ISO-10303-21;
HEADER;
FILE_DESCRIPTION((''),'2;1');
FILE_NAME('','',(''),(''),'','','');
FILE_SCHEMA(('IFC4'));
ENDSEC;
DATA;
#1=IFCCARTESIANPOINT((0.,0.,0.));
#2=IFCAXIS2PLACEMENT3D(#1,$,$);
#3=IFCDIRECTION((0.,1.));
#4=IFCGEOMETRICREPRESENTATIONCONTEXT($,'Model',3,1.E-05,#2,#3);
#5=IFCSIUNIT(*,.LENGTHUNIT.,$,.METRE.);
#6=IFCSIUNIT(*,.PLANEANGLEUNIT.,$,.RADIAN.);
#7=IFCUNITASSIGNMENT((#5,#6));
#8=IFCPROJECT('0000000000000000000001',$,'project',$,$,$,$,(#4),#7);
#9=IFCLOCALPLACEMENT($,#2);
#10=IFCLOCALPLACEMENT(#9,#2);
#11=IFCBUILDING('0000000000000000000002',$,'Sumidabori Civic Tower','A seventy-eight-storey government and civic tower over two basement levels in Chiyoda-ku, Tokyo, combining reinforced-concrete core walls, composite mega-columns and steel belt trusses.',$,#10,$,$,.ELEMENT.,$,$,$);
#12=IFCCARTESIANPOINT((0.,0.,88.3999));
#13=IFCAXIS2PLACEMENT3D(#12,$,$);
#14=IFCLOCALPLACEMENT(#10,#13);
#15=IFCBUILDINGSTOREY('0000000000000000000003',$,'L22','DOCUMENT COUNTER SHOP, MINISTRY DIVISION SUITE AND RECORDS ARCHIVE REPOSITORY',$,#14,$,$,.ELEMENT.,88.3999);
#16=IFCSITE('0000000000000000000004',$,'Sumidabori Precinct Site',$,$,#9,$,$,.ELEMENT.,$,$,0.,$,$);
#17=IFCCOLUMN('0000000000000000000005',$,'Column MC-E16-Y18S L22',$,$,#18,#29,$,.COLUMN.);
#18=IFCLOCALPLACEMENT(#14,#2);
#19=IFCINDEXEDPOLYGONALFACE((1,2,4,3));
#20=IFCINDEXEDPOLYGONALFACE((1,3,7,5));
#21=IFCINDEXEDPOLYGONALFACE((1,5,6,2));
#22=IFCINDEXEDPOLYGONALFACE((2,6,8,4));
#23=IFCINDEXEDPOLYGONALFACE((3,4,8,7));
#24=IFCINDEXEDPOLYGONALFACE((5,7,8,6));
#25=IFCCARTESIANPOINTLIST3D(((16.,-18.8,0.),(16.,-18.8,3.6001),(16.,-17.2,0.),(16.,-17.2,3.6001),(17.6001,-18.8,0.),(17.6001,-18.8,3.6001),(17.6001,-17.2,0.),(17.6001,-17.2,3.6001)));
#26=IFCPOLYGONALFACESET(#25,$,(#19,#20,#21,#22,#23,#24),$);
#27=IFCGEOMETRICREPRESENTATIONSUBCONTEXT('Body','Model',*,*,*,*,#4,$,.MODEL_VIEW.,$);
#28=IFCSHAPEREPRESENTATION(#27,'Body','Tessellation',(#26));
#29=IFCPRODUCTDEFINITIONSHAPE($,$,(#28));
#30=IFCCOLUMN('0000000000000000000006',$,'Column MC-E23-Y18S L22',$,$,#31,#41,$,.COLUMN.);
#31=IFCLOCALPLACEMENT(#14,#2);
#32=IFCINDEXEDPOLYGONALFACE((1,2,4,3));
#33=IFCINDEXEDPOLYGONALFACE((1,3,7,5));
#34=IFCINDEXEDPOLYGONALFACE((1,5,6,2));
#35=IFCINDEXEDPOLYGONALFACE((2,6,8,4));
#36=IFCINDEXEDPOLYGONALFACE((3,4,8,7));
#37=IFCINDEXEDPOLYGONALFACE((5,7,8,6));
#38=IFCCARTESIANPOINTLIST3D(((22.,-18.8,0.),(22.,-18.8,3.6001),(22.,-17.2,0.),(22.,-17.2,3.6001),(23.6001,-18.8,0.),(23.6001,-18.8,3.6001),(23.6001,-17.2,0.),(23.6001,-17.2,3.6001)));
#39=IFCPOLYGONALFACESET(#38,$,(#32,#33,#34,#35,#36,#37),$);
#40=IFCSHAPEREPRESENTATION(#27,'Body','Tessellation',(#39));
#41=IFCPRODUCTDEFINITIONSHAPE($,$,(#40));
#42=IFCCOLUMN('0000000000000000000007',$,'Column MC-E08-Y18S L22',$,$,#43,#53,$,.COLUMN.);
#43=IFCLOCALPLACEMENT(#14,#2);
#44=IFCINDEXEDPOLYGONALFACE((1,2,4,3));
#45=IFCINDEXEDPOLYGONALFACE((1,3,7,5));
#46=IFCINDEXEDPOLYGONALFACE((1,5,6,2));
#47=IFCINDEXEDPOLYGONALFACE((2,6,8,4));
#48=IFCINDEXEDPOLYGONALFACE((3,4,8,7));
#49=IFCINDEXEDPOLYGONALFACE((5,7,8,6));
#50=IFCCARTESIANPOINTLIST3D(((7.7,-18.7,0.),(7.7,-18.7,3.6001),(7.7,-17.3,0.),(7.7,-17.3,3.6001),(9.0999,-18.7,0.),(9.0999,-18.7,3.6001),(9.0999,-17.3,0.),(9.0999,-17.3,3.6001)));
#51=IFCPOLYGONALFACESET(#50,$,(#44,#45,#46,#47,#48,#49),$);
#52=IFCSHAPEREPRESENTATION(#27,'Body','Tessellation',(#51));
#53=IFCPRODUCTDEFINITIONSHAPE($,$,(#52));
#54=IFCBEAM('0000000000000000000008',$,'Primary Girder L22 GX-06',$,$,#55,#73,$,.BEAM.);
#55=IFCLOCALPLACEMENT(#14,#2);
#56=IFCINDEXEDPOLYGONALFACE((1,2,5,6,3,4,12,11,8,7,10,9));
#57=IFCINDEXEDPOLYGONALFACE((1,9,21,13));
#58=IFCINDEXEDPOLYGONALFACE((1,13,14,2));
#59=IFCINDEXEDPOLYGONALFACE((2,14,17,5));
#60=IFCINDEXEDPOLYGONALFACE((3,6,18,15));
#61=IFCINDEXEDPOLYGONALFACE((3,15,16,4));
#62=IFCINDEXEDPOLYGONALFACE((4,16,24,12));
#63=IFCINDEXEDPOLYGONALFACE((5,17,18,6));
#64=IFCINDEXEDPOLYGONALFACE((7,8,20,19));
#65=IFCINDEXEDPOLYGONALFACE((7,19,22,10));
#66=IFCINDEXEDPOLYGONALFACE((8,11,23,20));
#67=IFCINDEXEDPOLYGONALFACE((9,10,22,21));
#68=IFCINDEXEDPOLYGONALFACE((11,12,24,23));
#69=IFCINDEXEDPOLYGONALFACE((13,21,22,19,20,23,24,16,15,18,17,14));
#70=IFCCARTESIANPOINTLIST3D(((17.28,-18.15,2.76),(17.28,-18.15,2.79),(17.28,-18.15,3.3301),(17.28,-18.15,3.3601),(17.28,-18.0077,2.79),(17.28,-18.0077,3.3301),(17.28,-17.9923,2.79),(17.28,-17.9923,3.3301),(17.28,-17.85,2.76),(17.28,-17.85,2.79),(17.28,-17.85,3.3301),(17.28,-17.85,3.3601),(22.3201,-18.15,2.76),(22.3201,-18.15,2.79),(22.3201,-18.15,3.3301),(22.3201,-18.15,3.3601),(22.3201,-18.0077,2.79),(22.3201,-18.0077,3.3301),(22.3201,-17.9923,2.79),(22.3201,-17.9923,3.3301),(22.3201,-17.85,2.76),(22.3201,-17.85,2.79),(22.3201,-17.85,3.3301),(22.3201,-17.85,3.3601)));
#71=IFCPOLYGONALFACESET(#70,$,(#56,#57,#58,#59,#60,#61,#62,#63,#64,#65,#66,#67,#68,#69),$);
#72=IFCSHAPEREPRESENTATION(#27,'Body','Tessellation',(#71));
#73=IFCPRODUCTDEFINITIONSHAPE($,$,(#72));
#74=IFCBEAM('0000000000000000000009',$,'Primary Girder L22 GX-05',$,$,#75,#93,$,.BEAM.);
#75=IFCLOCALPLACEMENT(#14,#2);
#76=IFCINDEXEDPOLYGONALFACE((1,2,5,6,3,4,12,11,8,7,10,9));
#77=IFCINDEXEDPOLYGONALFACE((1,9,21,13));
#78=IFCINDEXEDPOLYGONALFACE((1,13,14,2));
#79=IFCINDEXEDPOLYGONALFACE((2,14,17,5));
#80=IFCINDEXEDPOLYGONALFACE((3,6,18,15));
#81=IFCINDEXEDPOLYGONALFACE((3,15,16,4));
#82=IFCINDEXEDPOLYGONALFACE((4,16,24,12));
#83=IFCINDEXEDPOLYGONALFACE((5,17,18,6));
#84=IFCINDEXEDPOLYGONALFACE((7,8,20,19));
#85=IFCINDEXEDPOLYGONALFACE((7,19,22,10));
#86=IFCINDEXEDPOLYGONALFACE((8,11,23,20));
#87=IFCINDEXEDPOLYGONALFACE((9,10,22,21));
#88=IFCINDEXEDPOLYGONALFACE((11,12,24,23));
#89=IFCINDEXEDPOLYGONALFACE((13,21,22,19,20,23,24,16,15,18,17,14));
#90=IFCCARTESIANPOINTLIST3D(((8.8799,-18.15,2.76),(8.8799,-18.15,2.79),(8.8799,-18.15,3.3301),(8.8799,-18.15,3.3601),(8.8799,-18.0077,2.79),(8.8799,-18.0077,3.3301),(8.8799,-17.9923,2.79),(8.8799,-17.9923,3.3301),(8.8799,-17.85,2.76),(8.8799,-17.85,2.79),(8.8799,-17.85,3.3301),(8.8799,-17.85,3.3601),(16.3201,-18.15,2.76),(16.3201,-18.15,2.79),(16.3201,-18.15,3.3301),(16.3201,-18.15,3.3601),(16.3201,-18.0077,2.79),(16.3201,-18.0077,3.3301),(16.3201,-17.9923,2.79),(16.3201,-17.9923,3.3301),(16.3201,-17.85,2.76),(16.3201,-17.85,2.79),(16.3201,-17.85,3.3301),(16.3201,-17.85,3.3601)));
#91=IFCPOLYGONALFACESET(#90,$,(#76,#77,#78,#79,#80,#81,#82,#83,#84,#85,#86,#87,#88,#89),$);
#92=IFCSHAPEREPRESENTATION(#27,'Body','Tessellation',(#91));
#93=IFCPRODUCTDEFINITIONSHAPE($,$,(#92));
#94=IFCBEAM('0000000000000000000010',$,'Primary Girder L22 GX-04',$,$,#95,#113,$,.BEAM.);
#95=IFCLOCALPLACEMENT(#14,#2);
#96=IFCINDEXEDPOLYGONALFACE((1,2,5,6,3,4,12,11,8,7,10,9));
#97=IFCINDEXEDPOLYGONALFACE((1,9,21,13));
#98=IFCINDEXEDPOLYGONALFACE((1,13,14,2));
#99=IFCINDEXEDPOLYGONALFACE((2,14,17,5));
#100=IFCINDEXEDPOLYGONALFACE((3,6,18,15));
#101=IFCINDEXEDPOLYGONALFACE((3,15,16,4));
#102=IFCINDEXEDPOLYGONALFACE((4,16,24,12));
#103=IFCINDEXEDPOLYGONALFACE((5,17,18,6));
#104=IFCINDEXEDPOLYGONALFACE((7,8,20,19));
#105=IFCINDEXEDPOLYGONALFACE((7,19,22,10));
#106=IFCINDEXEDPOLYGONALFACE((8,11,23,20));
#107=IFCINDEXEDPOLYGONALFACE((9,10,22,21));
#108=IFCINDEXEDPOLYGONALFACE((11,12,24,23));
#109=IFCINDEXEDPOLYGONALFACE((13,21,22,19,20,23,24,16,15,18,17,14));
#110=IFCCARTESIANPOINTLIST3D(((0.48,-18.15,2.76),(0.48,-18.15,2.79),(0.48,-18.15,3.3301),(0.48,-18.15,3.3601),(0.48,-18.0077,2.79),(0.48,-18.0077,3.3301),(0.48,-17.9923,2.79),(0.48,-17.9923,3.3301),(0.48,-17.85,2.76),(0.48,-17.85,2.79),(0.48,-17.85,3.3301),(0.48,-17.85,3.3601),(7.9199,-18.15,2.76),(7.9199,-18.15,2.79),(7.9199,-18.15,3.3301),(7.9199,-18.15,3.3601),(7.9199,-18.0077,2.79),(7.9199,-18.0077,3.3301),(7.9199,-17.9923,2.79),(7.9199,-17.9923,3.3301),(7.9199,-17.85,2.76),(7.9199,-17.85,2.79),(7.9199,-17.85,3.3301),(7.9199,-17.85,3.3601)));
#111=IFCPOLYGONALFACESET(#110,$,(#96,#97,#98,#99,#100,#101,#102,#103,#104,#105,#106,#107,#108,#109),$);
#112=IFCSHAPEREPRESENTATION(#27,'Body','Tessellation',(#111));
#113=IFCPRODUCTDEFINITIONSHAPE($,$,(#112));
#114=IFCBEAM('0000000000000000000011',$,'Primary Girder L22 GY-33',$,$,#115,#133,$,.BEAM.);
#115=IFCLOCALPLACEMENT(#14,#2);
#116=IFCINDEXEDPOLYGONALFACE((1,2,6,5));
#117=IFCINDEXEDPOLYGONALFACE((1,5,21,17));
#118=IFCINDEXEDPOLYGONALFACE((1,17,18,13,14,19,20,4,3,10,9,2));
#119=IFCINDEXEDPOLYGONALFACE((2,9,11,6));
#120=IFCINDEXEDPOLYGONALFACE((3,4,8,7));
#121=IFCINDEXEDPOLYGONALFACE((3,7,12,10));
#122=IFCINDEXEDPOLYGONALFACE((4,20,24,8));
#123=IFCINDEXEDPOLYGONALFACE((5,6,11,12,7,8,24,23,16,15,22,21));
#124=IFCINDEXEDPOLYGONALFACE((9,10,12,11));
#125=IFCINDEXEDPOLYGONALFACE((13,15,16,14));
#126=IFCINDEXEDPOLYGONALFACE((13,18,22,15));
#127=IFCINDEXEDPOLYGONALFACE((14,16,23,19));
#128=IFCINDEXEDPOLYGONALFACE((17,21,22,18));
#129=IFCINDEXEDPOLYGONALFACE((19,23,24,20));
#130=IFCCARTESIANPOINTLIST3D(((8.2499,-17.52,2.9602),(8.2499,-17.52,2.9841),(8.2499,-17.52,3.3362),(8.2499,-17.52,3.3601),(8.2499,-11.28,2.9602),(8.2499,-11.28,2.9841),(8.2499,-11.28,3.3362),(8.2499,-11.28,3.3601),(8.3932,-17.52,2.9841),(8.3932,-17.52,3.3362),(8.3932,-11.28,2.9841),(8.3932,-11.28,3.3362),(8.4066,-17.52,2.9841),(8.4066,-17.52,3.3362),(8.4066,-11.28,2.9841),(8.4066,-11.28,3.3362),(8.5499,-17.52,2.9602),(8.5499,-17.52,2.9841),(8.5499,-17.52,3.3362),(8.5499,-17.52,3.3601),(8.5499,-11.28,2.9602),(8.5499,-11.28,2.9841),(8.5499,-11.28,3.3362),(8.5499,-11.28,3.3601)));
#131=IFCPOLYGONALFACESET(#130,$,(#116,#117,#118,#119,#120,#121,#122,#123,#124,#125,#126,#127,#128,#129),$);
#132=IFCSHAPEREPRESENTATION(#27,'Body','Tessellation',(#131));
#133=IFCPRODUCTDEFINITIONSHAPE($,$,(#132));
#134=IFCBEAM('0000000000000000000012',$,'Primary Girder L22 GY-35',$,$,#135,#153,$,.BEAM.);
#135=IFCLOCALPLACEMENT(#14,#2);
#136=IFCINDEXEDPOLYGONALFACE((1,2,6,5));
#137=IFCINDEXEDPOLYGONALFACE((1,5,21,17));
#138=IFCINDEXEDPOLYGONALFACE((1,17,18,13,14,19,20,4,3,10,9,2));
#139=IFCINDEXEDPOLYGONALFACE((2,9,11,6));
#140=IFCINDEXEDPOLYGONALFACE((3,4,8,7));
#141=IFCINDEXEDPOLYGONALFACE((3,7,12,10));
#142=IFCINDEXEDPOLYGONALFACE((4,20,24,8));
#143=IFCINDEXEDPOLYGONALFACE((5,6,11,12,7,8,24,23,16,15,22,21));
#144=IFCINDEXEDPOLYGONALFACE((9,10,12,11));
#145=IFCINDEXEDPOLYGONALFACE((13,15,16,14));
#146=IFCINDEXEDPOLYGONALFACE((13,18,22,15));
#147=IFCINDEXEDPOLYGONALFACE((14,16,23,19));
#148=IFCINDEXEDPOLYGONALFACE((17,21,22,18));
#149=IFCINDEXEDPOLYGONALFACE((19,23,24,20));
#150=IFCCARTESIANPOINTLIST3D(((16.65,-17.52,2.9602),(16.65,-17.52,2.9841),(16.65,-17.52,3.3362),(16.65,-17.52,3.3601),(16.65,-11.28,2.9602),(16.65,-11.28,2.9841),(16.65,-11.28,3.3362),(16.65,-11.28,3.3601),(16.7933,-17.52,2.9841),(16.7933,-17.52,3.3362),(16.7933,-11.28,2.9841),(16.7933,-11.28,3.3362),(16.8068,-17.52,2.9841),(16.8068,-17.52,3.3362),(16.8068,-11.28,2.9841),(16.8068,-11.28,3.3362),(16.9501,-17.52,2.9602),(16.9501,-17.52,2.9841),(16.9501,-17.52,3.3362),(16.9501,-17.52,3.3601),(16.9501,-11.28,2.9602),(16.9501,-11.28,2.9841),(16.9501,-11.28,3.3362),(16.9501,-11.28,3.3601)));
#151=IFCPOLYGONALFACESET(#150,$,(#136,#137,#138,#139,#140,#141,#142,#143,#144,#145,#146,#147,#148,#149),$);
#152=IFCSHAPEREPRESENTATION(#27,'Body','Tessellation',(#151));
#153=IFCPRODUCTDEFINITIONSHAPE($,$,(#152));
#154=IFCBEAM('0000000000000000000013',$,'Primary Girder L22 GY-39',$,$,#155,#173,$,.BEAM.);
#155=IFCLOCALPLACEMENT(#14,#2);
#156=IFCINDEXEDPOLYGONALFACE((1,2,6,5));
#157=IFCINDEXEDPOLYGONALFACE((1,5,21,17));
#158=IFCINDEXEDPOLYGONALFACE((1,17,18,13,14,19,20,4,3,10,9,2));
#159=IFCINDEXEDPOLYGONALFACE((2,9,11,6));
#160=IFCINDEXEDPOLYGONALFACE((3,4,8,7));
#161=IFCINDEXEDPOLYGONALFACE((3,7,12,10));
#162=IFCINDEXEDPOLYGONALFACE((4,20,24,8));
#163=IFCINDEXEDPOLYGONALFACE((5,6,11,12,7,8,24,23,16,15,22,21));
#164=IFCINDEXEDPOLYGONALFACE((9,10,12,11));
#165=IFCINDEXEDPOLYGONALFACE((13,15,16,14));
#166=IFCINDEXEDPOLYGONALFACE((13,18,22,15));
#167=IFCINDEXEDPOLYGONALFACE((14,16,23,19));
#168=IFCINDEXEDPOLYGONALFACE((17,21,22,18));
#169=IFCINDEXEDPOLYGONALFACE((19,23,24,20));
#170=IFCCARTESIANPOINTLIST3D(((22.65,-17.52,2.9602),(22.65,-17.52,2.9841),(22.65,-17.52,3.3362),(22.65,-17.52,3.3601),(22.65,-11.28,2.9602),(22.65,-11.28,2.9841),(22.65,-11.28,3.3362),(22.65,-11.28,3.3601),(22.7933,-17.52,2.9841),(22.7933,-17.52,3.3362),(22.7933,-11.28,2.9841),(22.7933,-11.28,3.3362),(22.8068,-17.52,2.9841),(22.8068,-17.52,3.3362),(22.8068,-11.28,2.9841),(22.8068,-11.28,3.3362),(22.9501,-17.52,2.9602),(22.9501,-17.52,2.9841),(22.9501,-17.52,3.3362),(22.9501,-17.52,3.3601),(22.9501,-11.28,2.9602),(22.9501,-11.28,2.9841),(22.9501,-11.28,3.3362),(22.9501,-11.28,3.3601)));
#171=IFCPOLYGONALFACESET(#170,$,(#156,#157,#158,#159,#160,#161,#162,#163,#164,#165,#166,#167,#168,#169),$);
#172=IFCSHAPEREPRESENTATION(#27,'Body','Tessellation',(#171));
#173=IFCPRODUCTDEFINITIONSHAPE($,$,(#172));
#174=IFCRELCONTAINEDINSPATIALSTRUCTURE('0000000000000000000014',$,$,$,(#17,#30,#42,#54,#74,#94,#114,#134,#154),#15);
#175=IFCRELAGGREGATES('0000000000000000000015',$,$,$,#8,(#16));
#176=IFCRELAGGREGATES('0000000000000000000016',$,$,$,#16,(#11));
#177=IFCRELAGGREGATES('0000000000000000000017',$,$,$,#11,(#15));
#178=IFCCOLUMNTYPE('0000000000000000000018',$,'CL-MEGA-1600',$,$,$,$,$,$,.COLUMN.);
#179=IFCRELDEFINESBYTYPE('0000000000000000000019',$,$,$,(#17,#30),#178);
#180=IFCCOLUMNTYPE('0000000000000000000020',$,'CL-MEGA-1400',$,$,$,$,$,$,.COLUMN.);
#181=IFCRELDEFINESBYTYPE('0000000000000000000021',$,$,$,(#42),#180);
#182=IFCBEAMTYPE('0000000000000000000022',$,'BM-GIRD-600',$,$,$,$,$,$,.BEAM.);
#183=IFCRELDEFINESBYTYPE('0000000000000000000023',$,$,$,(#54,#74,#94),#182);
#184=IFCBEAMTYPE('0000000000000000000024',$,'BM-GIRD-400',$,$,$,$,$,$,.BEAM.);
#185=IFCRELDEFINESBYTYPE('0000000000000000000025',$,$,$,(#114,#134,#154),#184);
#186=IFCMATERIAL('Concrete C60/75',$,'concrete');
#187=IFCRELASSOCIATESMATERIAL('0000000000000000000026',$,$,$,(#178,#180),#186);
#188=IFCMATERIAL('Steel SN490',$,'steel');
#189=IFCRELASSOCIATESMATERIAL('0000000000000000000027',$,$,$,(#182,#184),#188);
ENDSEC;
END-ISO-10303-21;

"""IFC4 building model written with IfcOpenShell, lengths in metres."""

from ifc_helpers import new_model, si_unit, direction, frame, origin, origin_2d, place, context, subcontext, project, spatial, rectangle, i_section, extrude, source, transform, mapped, material, material_profile, profile_set, type_object, element, save


model = new_model("IFC4")

# Units and contexts
model_context = context("Model", 3, precision=1e-05, world=origin(), true_north=direction((0.0, 1.0)))
body_context = subcontext(model_context, "Body", "Model", "MODEL_VIEW")
ifc_project = project(units=[si_unit("LENGTHUNIT", "METRE"), si_unit("PLANEANGLEUNIT", "RADIAN")], contexts=[model_context])

# Site, building, storey
site_placement = place(None, origin())
site = spatial("IfcSite", under=ifc_project, at=site_placement, Name="Sumidabori Precinct Site", CompositionType="ELEMENT", RefElevation=0.0)
building_placement = place(site_placement, origin())
building = spatial("IfcBuilding", under=site, at=building_placement, Name="Sumidabori Civic Tower", Description="A seventy-eight-storey government and civic tower over two basement levels in Chiyoda-ku, Tokyo, combining reinforced-concrete core walls, composite mega-columns and steel belt trusses.", CompositionType="ELEMENT")
storey_placement = place(building_placement, frame((0.0, 0.0, 88.3999)))
storey = spatial("IfcBuildingStorey", under=building, at=storey_placement, Name="L22", Description="DOCUMENT COUNTER SHOP, MINISTRY DIVISION SUITE AND RECORDS ARCHIVE REPOSITORY", CompositionType="ELEMENT", Elevation=88.3999)

# Columns
ifc_material_1 = material(Name="Concrete C60/75", Category="concrete")
ifc_material_profile_1 = material_profile(ifc_material_1, rectangle(XDim=1.6001, YDim=1.6001, at=origin_2d()), Name="RC 1600x1600")
ifc_profile_set_1 = profile_set([ifc_material_profile_1], Name="Concrete C60/75")
column_type_1 = type_object("IfcColumnType", Name="CL-MEGA-1600", PredefinedType="COLUMN", material=ifc_profile_set_1)
shared_shape_1 = source(origin(), body_context, "Body", "SweptSolid", [
    extrude(rectangle(XDim=1.6001, YDim=1.6001, at=origin_2d()), origin(), (0.0, 0.0, 1.0), 3.6001),
])
for number, where, z_axis, x_axis, name in (
    (1, (16.8, -18.0, 0.0), (0.0, 0.0, 1.0), (1.0, 0.0, 0.0), "Column MC-E16-Y18S L22"),
    (2, (22.8, -18.0, 0.0), (0.0, 0.0, 1.0), (1.0, 0.0, 0.0), "Column MC-E23-Y18S L22"),
):
    element("IfcColumn", number, at=place(storey_placement, frame(where, z_axis=z_axis, x_axis=x_axis)), inside=storey, type_object=column_type_1, Name=name, PredefinedType="COLUMN", context=body_context, shape_type="MappedRepresentation", body=[
        mapped(shared_shape_1, transform((0.0, 0.0, 0.0), x_axis=(1.0, 0.0, 0.0), y_axis=(0.0, 1.0, 0.0), z_axis=(0.0, 0.0, 1.0), scale=1.0)),
    ])
ifc_material_profile_2 = material_profile(ifc_material_1, rectangle(XDim=1.3999, YDim=1.3999, at=origin_2d()), Name="RC 1400x1400")
ifc_profile_set_2 = profile_set([ifc_material_profile_2], Name="Concrete C60/75")
column_type_2 = type_object("IfcColumnType", Name="CL-MEGA-1400", PredefinedType="COLUMN", material=ifc_profile_set_2)
shared_shape_2 = source(origin(), body_context, "Body", "SweptSolid", [
    extrude(rectangle(XDim=1.3999, YDim=1.3999, at=origin_2d()), origin(), (0.0, 0.0, 1.0), 3.6001),
])
column_placement = place(storey_placement, frame((8.3999, -18.0, 0.0), z_axis=(0.0, 0.0, 1.0), x_axis=(1.0, 0.0, 0.0)))
element("IfcColumn", 3, at=column_placement, inside=storey, type_object=column_type_2, Name="Column MC-E08-Y18S L22", PredefinedType="COLUMN", context=body_context, shape_type="MappedRepresentation", body=[
    mapped(shared_shape_2, transform((0.0, 0.0, 0.0), x_axis=(1.0, 0.0, 0.0), y_axis=(0.0, 1.0, 0.0), z_axis=(0.0, 0.0, 1.0), scale=1.0)),
])

# Beams
ifc_material_2 = material(Name="Steel SN490", Category="steel")
ifc_material_profile_3 = material_profile(ifc_material_2, i_section(OverallWidth=0.3, OverallDepth=0.6001, WebThickness=0.0154, FlangeThickness=0.03, at=origin_2d()), Name="HE 600 B")
ifc_profile_set_3 = profile_set([ifc_material_profile_3], Name="Steel SN490")
beam_type_1 = type_object("IfcBeamType", Name="BM-GIRD-600", PredefinedType="BEAM", material=ifc_profile_set_3)
shared_shape_3 = source(origin(), body_context, "Body", "SweptSolid", [
    extrude(i_section(OverallWidth=0.3, OverallDepth=0.6001, WebThickness=0.0154, FlangeThickness=0.03, at=origin_2d()), origin(), (0.0, 0.0, 1.0), 5.04),
])
beam_1_placement = place(storey_placement, frame((17.28, -18.0, 3.0601), z_axis=(1.0, 0.0, 0.0), x_axis=(0.0, 1.0, 0.0)))
element("IfcBeam", 4, at=beam_1_placement, inside=storey, type_object=beam_type_1, Name="Primary Girder L22 GX-06", PredefinedType="BEAM", context=body_context, shape_type="MappedRepresentation", body=[
    mapped(shared_shape_3, transform((0.0, 0.0, 0.0), x_axis=(1.0, 0.0, 0.0), y_axis=(0.0, 1.0, 0.0), z_axis=(0.0, 0.0, 1.0), scale=1.0)),
])
shared_shape_4 = source(origin(), body_context, "Body", "SweptSolid", [
    extrude(i_section(OverallWidth=0.3, OverallDepth=0.6001, WebThickness=0.0154, FlangeThickness=0.03, at=origin_2d()), origin(), (0.0, 0.0, 1.0), 7.4402),
])
beam_2_placement = place(storey_placement, frame((8.8799, -18.0, 3.0601), z_axis=(1.0, 0.0, 0.0), x_axis=(0.0, 1.0, 0.0)))
element("IfcBeam", 5, at=beam_2_placement, inside=storey, type_object=beam_type_1, Name="Primary Girder L22 GX-05", PredefinedType="BEAM", context=body_context, shape_type="MappedRepresentation", body=[
    mapped(shared_shape_4, transform((0.0, 0.0, 0.0), x_axis=(1.0, 0.0, 0.0), y_axis=(0.0, 1.0, 0.0), z_axis=(0.0, 0.0, 1.0), scale=1.0)),
])
shared_shape_5 = source(origin(), body_context, "Body", "SweptSolid", [
    extrude(i_section(OverallWidth=0.3, OverallDepth=0.6001, WebThickness=0.0154, FlangeThickness=0.03, at=origin_2d()), origin(), (0.0, 0.0, 1.0), 7.4399),
])
beam_3_placement = place(storey_placement, frame((0.48, -18.0, 3.0601), z_axis=(1.0, 0.0, 0.0), x_axis=(0.0, 1.0, 0.0)))
element("IfcBeam", 6, at=beam_3_placement, inside=storey, type_object=beam_type_1, Name="Primary Girder L22 GX-04", PredefinedType="BEAM", context=body_context, shape_type="MappedRepresentation", body=[
    mapped(shared_shape_5, transform((0.0, 0.0, 0.0), x_axis=(1.0, 0.0, 0.0), y_axis=(0.0, 1.0, 0.0), z_axis=(0.0, 0.0, 1.0), scale=1.0)),
])
ifc_material_profile_4 = material_profile(ifc_material_2, i_section(OverallWidth=0.3, OverallDepth=0.3999, WebThickness=0.0134, FlangeThickness=0.0239, at=origin_2d()), Name="HE 400 B")
ifc_profile_set_4 = profile_set([ifc_material_profile_4], Name="Steel SN490")
beam_type_2 = type_object("IfcBeamType", Name="BM-GIRD-400", PredefinedType="BEAM", material=ifc_profile_set_4)
shared_shape_6 = source(origin(), body_context, "Body", "SweptSolid", [
    extrude(i_section(OverallWidth=0.3, OverallDepth=0.3999, WebThickness=0.0134, FlangeThickness=0.0239, at=origin_2d()), origin(), (0.0, 0.0, 1.0), 6.24),
])
for number, where, z_axis, x_axis, name in (
    (7, (8.3999, -17.52, 3.1602), (0.0, 1.0, 0.0), (-1.0, 0.0, 0.0), "Primary Girder L22 GY-33"),
    (8, (16.8, -17.52, 3.1602), (0.0, 1.0, 0.0), (-1.0, 0.0, 0.0), "Primary Girder L22 GY-35"),
    (9, (22.8, -17.52, 3.1602), (0.0, 1.0, 0.0), (-1.0, 0.0, 0.0), "Primary Girder L22 GY-39"),
):
    element("IfcBeam", number, at=place(storey_placement, frame(where, z_axis=z_axis, x_axis=x_axis)), inside=storey, type_object=beam_type_2, Name=name, PredefinedType="BEAM", context=body_context, shape_type="MappedRepresentation", body=[
        mapped(shared_shape_6, transform((0.0, 0.0, 0.0), x_axis=(1.0, 0.0, 0.0), y_axis=(0.0, 1.0, 0.0), z_axis=(0.0, 0.0, 1.0), scale=1.0)),
    ])

save(model, "model.ifc")
